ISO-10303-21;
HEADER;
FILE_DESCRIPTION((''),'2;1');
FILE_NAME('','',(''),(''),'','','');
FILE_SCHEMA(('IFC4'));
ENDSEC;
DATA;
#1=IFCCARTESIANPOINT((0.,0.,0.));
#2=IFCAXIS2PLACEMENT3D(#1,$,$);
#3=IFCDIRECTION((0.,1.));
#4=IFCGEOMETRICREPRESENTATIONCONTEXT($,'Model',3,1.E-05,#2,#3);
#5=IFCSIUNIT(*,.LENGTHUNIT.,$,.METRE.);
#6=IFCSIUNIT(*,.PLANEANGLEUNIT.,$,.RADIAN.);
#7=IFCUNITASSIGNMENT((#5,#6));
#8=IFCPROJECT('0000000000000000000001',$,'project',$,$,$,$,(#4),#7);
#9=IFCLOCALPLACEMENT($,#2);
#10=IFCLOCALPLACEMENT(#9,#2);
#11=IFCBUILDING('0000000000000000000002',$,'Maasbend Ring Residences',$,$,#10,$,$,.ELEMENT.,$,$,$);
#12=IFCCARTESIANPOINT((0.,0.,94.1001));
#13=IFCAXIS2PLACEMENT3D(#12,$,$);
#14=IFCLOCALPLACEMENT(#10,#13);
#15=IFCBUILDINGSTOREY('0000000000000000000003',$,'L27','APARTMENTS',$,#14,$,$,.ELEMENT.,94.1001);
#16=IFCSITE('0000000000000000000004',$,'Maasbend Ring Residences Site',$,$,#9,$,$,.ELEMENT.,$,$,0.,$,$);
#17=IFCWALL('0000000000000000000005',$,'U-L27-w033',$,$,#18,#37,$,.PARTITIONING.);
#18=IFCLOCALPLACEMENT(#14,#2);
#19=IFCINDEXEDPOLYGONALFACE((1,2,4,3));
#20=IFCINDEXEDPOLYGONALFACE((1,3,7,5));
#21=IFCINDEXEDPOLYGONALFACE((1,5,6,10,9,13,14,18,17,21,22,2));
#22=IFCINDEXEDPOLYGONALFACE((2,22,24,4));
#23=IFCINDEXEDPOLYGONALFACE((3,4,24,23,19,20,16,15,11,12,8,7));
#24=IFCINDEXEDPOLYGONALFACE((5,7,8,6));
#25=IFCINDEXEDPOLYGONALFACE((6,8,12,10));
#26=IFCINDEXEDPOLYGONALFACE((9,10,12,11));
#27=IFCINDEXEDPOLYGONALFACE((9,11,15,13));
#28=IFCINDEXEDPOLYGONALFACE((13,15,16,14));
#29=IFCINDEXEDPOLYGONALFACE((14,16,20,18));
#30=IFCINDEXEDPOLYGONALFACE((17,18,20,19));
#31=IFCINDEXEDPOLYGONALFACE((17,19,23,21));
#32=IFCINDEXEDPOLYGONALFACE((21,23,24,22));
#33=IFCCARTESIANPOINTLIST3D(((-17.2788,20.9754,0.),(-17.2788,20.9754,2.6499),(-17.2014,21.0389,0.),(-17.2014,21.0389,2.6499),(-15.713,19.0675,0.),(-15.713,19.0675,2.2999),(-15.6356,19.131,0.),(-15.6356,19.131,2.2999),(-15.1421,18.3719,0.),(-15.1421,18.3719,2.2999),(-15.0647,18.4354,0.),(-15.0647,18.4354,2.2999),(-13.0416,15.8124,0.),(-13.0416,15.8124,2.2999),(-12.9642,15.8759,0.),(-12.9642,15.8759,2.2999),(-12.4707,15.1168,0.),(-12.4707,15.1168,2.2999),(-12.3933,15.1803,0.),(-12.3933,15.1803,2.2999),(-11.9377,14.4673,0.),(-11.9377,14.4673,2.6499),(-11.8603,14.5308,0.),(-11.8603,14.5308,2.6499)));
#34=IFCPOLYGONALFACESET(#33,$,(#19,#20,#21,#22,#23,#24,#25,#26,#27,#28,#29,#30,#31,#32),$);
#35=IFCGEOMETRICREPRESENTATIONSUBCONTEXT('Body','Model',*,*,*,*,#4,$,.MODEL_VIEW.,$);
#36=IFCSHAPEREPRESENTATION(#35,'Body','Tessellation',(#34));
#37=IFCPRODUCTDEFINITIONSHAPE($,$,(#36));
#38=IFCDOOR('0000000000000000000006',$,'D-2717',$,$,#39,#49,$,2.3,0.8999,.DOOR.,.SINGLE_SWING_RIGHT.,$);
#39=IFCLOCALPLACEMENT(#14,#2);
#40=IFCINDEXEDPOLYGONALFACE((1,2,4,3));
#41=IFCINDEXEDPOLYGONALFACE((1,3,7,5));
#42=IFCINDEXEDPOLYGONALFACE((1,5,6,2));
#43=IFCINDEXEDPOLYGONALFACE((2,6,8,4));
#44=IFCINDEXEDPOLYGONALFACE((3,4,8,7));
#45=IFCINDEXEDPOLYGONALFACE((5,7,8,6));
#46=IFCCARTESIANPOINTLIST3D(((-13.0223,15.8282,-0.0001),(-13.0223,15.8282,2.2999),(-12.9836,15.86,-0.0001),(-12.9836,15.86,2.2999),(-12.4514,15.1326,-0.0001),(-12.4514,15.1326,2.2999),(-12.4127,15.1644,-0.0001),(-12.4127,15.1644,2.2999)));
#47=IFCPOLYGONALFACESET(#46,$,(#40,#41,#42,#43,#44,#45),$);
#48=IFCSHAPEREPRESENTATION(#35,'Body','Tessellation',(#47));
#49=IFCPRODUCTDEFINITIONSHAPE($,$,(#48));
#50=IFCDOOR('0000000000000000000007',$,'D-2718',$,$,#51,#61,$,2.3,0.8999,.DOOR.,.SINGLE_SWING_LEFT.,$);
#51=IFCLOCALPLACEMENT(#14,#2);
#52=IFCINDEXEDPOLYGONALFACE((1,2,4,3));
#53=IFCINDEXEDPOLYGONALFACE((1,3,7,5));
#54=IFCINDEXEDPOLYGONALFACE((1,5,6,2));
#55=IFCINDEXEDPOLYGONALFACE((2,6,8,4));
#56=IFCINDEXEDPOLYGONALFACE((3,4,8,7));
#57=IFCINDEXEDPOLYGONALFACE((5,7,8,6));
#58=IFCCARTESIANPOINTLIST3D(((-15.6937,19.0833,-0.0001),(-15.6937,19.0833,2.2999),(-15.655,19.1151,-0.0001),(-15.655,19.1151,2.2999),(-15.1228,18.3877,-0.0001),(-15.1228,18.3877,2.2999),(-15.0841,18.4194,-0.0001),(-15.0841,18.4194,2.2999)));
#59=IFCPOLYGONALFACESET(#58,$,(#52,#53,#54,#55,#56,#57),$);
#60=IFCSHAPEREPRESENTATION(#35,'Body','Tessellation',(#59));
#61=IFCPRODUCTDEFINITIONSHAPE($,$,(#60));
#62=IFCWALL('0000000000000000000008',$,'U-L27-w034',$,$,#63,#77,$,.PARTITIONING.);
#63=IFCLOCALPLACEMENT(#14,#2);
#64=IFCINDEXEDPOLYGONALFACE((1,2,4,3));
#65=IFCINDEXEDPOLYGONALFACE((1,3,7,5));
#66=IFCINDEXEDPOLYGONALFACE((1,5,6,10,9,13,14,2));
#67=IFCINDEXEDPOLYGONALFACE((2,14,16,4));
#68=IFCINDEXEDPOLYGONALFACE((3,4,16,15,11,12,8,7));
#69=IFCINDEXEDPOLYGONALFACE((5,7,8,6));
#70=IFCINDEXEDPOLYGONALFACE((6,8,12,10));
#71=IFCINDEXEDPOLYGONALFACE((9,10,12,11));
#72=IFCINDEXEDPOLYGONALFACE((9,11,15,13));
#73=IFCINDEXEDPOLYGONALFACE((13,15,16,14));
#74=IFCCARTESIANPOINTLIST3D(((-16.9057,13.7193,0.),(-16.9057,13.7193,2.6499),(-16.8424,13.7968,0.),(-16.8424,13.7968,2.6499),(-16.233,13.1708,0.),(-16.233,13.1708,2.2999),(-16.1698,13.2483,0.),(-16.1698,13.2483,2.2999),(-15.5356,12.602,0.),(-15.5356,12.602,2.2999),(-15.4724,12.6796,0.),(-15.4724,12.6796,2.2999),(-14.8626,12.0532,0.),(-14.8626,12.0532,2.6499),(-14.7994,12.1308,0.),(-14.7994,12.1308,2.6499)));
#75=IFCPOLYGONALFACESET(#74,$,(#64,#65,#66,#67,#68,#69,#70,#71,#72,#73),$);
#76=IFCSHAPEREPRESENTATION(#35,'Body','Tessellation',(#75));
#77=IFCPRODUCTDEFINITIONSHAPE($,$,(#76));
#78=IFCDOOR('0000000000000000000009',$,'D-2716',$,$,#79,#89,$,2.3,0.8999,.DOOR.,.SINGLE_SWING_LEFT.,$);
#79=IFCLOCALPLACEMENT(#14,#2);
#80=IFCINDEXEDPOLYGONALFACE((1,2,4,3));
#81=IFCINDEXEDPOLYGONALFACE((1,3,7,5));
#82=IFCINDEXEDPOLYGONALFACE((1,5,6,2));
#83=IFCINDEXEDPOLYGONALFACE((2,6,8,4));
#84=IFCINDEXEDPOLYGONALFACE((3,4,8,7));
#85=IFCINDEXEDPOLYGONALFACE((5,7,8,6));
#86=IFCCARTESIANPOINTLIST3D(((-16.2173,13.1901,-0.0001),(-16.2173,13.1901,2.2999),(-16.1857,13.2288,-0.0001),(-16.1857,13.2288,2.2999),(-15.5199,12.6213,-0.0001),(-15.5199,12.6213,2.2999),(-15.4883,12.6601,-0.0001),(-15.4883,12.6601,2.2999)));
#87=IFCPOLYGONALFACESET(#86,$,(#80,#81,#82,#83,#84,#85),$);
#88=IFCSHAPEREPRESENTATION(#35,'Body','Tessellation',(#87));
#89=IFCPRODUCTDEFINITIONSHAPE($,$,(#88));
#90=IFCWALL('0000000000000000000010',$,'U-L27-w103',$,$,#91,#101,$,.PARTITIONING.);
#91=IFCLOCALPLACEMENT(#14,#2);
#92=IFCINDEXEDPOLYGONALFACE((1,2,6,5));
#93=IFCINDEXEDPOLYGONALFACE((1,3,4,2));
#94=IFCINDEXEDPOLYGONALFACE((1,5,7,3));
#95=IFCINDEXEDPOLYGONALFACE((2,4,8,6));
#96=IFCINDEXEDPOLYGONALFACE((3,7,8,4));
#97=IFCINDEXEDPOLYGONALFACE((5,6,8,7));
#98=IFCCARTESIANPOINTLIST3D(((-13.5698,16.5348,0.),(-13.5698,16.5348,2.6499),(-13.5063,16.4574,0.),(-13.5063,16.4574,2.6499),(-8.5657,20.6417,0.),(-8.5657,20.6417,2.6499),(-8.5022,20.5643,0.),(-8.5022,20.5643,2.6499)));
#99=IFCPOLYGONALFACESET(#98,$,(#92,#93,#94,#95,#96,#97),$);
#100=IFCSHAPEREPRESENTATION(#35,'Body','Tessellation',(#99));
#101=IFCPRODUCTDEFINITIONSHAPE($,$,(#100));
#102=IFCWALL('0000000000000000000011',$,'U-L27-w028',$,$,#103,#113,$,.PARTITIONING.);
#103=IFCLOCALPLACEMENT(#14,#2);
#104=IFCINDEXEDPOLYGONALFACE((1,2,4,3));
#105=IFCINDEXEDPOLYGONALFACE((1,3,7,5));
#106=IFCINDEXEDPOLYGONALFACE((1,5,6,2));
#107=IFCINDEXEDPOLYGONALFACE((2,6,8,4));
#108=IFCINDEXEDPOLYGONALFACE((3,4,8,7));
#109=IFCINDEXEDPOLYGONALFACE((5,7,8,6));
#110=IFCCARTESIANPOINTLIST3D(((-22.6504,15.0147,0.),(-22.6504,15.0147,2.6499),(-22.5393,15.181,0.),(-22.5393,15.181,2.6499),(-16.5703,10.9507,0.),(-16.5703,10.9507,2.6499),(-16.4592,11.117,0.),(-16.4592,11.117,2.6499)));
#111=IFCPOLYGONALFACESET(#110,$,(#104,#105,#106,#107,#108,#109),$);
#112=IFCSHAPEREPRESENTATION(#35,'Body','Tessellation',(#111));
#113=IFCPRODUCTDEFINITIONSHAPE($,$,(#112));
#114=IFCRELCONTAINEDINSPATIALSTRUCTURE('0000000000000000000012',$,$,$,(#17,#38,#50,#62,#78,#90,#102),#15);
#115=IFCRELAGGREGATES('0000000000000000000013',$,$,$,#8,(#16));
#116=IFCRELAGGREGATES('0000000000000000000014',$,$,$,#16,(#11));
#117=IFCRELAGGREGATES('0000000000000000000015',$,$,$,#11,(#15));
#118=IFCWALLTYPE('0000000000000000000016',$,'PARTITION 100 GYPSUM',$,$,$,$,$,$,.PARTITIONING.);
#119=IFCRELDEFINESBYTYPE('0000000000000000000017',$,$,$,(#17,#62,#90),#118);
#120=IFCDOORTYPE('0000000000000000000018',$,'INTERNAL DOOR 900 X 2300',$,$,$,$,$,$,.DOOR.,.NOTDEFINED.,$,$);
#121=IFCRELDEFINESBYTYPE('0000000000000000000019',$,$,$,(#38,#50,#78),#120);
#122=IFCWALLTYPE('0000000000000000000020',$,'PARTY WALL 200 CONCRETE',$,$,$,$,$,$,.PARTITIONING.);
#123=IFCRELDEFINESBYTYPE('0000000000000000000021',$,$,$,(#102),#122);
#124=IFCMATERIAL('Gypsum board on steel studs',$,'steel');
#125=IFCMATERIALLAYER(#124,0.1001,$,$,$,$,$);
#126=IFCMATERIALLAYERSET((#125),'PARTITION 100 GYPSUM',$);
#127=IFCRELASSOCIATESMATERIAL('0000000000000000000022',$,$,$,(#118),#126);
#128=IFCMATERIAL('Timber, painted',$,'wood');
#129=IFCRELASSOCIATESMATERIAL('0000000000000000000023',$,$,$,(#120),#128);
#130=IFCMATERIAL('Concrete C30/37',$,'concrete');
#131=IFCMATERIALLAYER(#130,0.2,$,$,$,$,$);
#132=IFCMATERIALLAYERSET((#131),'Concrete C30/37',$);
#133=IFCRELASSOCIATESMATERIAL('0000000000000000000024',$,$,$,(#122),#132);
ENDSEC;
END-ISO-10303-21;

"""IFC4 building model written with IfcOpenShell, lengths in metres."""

from ifc_helpers import new_model, si_unit, direction, frame, frame_2d, origin, place, context, subcontext, project, spatial, rectangle, extrude, material, layer, layer_set, type_object, element, fill, save


model = new_model("IFC4")

# Units and contexts
model_context = context("Model", 3, precision=1e-05, world=origin(), true_north=direction((0.0, 1.0)))
body_context = subcontext(model_context, "Body", "Model", "MODEL_VIEW")
ifc_project = project(units=[si_unit("LENGTHUNIT", "METRE"), si_unit("PLANEANGLEUNIT", "RADIAN")], contexts=[model_context])

# Site, building, storey
site_placement = place(None, origin())
site = spatial("IfcSite", under=ifc_project, at=site_placement, Name="Maasbend Ring Residences Site", CompositionType="ELEMENT", RefElevation=0.0)
building_placement = place(site_placement, origin())
building = spatial("IfcBuilding", under=site, at=building_placement, Name="Maasbend Ring Residences", CompositionType="ELEMENT")
storey_placement = place(building_placement, frame((0.0, 0.0, 94.1001)))
storey = spatial("IfcBuildingStorey", under=building, at=storey_placement, Name="L27", Description="APARTMENTS", CompositionType="ELEMENT", Elevation=94.1001)

# Wall, openings, doors
ifc_material_1 = material(Name="Gypsum board on steel studs", Category="steel")
ifc_layer_1 = layer(ifc_material_1, 0.1001)
ifc_layer_set_1 = layer_set([ifc_layer_1], Name="PARTITION 100 GYPSUM")
wall_type_1 = type_object("IfcWallType", Name="PARTITION 100 GYPSUM", PredefinedType="PARTITIONING", material=ifc_layer_set_1)
wall_1_placement = place(storey_placement, frame((-17.24, 21.0071, 0.0), z_axis=(0.0, 0.0, 1.0), x_axis=(0.634396, -0.773008, 0.0)))
wall_1 = element("IfcWall", 1, at=wall_1_placement, inside=storey, type_object=wall_type_1, Name="U-L27-w033", PredefinedType="PARTITIONING", context=body_context, shape_type="SweptSolid", body=[
    extrude(rectangle(XDim=8.4192, YDim=0.1001, at=frame_2d((4.2095, 0.0))), origin(), (0.0, 0.0, 1.0), 2.6499),
])
opening_1_placement = place(wall_1_placement, frame((6.679, 0.0, 0.0)))
opening_1 = element("IfcOpeningElement", 2, at=opening_1_placement, cuts=wall_1, PredefinedType="OPENING", context=body_context, shape_type="SweptSolid", body=[
    extrude(rectangle(XDim=0.8999, YDim=2.3, at=frame_2d((0.45, 1.1499))), frame((0.0, 0.0601, 0.0), z_axis=(0.0, -1.0, 0.0), x_axis=(1.0, 0.0, 0.0)), (0.0, 0.0, 1.0), 0.1201),
])
opening_2_placement = place(wall_1_placement, frame((2.468, 0.0, 0.0)))
opening_2 = element("IfcOpeningElement", 3, at=opening_2_placement, cuts=wall_1, PredefinedType="OPENING", context=body_context, shape_type="SweptSolid", body=[
    extrude(rectangle(XDim=0.8999, YDim=2.3, at=frame_2d((0.45, 1.1499))), frame((0.0, 0.0601, 0.0), z_axis=(0.0, -1.0, 0.0), x_axis=(1.0, 0.0, 0.0)), (0.0, 0.0, 1.0), 0.1201),
])
ifc_material_2 = material(Name="Timber, painted", Category="wood")
door_type_1 = type_object("IfcDoorType", Name="INTERNAL DOOR 900 X 2300", OperationType="NOTDEFINED", PredefinedType="DOOR", material=ifc_material_2)
door_1_placement = place(opening_1_placement, origin())
door_1 = element("IfcDoor", 4, at=door_1_placement, inside=storey, type_object=door_type_1, Name="D-2717", OperationType="SINGLE_SWING_RIGHT", OverallHeight=2.3, OverallWidth=0.8999, PredefinedType="DOOR", context=body_context, shape_type="SweptSolid", body=[
    extrude(rectangle(XDim=0.8999, YDim=2.3, at=frame_2d((0.45, 1.1499))), frame((0.0, 0.0249, 0.0), z_axis=(0.0, -1.0, 0.0), x_axis=(1.0, 0.0, 0.0)), (0.0, 0.0, 1.0), 0.05),
])
fill(opening_1, door_1)
door_2_placement = place(opening_2_placement, origin())
door_2 = element("IfcDoor", 5, at=door_2_placement, inside=storey, type_object=door_type_1, Name="D-2718", OperationType="SINGLE_SWING_LEFT", OverallHeight=2.3, OverallWidth=0.8999, PredefinedType="DOOR", context=body_context, shape_type="SweptSolid", body=[
    extrude(rectangle(XDim=0.8999, YDim=2.3, at=frame_2d((0.45, 1.1499))), frame((0.0, 0.0249, 0.0), z_axis=(0.0, -1.0, 0.0), x_axis=(1.0, 0.0, 0.0)), (0.0, 0.0, 1.0), 0.05),
])
fill(opening_2, door_2)

# Wall, opening, door
wall_2_placement = place(storey_placement, frame((-16.874, 13.7581, 0.0), z_axis=(0.0, 0.0, 1.0), x_axis=(0.77498, -0.631986, 0.0)))
wall_2 = element("IfcWall", 6, at=wall_2_placement, inside=storey, type_object=wall_type_1, Name="U-L27-w034", PredefinedType="PARTITIONING", context=body_context, shape_type="SweptSolid", body=[
    extrude(rectangle(XDim=2.6362, YDim=0.1001, at=frame_2d((1.3181, 0.0))), origin(), (0.0, 0.0, 1.0), 2.6499),
])
opening_3_placement = place(wall_2_placement, frame((0.8679, 0.0, 0.0)))
opening_3 = element("IfcOpeningElement", 7, at=opening_3_placement, cuts=wall_2, PredefinedType="OPENING", context=body_context, shape_type="SweptSolid", body=[
    extrude(rectangle(XDim=0.8999, YDim=2.3, at=frame_2d((0.45, 1.1499))), frame((0.0, 0.0601, 0.0), z_axis=(0.0, -1.0, 0.0), x_axis=(1.0, 0.0, 0.0)), (0.0, 0.0, 1.0), 0.1201),
])
door_3_placement = place(opening_3_placement, origin())
door_3 = element("IfcDoor", 8, at=door_3_placement, inside=storey, type_object=door_type_1, Name="D-2716", OperationType="SINGLE_SWING_LEFT", OverallHeight=2.3, OverallWidth=0.8999, PredefinedType="DOOR", context=body_context, shape_type="SweptSolid", body=[
    extrude(rectangle(XDim=0.8999, YDim=2.3, at=frame_2d((0.45, 1.1499))), frame((0.0, 0.0249, 0.0), z_axis=(0.0, -1.0, 0.0), x_axis=(1.0, 0.0, 0.0)), (0.0, 0.0, 1.0), 0.05),
])
fill(opening_3, door_3)

# Walls
wall_3_placement = place(storey_placement, frame((-13.5381, 16.4961, 0.0), z_axis=(0.0, 0.0, 1.0), x_axis=(0.773, 0.634406, 0.0)))
element("IfcWall", 9, at=wall_3_placement, inside=storey, type_object=wall_type_1, Name="U-L27-w103", PredefinedType="PARTITIONING", context=body_context, shape_type="SweptSolid", body=[
    extrude(rectangle(XDim=6.4736, YDim=0.1001, at=frame_2d((3.2368, 0.0))), origin(), (0.0, 0.0, 1.0), 2.6499),
])
ifc_material_3 = material(Name="Concrete C30/37", Category="concrete")
ifc_layer_2 = layer(ifc_material_3, 0.2)
ifc_layer_set_2 = layer_set([ifc_layer_2], Name="Concrete C30/37")
wall_type_2 = type_object("IfcWallType", Name="PARTY WALL 200 CONCRETE", PredefinedType="PARTITIONING", material=ifc_layer_set_2)
wall_4_placement = place(storey_placement, frame((-22.595, 15.0979, 0.0), z_axis=(0.0, 0.0, 1.0), x_axis=(0.831382, -0.555701, 0.0)))
element("IfcWall", 10, at=wall_4_placement, inside=storey, type_object=wall_type_2, Name="U-L27-w028", PredefinedType="PARTITIONING", context=body_context, shape_type="SweptSolid", body=[
    extrude(rectangle(XDim=7.3132, YDim=0.2, at=frame_2d((3.6567, 0.0))), origin(), (0.0, 0.0, 1.0), 2.6499),
])

save(model, "model.ifc")
